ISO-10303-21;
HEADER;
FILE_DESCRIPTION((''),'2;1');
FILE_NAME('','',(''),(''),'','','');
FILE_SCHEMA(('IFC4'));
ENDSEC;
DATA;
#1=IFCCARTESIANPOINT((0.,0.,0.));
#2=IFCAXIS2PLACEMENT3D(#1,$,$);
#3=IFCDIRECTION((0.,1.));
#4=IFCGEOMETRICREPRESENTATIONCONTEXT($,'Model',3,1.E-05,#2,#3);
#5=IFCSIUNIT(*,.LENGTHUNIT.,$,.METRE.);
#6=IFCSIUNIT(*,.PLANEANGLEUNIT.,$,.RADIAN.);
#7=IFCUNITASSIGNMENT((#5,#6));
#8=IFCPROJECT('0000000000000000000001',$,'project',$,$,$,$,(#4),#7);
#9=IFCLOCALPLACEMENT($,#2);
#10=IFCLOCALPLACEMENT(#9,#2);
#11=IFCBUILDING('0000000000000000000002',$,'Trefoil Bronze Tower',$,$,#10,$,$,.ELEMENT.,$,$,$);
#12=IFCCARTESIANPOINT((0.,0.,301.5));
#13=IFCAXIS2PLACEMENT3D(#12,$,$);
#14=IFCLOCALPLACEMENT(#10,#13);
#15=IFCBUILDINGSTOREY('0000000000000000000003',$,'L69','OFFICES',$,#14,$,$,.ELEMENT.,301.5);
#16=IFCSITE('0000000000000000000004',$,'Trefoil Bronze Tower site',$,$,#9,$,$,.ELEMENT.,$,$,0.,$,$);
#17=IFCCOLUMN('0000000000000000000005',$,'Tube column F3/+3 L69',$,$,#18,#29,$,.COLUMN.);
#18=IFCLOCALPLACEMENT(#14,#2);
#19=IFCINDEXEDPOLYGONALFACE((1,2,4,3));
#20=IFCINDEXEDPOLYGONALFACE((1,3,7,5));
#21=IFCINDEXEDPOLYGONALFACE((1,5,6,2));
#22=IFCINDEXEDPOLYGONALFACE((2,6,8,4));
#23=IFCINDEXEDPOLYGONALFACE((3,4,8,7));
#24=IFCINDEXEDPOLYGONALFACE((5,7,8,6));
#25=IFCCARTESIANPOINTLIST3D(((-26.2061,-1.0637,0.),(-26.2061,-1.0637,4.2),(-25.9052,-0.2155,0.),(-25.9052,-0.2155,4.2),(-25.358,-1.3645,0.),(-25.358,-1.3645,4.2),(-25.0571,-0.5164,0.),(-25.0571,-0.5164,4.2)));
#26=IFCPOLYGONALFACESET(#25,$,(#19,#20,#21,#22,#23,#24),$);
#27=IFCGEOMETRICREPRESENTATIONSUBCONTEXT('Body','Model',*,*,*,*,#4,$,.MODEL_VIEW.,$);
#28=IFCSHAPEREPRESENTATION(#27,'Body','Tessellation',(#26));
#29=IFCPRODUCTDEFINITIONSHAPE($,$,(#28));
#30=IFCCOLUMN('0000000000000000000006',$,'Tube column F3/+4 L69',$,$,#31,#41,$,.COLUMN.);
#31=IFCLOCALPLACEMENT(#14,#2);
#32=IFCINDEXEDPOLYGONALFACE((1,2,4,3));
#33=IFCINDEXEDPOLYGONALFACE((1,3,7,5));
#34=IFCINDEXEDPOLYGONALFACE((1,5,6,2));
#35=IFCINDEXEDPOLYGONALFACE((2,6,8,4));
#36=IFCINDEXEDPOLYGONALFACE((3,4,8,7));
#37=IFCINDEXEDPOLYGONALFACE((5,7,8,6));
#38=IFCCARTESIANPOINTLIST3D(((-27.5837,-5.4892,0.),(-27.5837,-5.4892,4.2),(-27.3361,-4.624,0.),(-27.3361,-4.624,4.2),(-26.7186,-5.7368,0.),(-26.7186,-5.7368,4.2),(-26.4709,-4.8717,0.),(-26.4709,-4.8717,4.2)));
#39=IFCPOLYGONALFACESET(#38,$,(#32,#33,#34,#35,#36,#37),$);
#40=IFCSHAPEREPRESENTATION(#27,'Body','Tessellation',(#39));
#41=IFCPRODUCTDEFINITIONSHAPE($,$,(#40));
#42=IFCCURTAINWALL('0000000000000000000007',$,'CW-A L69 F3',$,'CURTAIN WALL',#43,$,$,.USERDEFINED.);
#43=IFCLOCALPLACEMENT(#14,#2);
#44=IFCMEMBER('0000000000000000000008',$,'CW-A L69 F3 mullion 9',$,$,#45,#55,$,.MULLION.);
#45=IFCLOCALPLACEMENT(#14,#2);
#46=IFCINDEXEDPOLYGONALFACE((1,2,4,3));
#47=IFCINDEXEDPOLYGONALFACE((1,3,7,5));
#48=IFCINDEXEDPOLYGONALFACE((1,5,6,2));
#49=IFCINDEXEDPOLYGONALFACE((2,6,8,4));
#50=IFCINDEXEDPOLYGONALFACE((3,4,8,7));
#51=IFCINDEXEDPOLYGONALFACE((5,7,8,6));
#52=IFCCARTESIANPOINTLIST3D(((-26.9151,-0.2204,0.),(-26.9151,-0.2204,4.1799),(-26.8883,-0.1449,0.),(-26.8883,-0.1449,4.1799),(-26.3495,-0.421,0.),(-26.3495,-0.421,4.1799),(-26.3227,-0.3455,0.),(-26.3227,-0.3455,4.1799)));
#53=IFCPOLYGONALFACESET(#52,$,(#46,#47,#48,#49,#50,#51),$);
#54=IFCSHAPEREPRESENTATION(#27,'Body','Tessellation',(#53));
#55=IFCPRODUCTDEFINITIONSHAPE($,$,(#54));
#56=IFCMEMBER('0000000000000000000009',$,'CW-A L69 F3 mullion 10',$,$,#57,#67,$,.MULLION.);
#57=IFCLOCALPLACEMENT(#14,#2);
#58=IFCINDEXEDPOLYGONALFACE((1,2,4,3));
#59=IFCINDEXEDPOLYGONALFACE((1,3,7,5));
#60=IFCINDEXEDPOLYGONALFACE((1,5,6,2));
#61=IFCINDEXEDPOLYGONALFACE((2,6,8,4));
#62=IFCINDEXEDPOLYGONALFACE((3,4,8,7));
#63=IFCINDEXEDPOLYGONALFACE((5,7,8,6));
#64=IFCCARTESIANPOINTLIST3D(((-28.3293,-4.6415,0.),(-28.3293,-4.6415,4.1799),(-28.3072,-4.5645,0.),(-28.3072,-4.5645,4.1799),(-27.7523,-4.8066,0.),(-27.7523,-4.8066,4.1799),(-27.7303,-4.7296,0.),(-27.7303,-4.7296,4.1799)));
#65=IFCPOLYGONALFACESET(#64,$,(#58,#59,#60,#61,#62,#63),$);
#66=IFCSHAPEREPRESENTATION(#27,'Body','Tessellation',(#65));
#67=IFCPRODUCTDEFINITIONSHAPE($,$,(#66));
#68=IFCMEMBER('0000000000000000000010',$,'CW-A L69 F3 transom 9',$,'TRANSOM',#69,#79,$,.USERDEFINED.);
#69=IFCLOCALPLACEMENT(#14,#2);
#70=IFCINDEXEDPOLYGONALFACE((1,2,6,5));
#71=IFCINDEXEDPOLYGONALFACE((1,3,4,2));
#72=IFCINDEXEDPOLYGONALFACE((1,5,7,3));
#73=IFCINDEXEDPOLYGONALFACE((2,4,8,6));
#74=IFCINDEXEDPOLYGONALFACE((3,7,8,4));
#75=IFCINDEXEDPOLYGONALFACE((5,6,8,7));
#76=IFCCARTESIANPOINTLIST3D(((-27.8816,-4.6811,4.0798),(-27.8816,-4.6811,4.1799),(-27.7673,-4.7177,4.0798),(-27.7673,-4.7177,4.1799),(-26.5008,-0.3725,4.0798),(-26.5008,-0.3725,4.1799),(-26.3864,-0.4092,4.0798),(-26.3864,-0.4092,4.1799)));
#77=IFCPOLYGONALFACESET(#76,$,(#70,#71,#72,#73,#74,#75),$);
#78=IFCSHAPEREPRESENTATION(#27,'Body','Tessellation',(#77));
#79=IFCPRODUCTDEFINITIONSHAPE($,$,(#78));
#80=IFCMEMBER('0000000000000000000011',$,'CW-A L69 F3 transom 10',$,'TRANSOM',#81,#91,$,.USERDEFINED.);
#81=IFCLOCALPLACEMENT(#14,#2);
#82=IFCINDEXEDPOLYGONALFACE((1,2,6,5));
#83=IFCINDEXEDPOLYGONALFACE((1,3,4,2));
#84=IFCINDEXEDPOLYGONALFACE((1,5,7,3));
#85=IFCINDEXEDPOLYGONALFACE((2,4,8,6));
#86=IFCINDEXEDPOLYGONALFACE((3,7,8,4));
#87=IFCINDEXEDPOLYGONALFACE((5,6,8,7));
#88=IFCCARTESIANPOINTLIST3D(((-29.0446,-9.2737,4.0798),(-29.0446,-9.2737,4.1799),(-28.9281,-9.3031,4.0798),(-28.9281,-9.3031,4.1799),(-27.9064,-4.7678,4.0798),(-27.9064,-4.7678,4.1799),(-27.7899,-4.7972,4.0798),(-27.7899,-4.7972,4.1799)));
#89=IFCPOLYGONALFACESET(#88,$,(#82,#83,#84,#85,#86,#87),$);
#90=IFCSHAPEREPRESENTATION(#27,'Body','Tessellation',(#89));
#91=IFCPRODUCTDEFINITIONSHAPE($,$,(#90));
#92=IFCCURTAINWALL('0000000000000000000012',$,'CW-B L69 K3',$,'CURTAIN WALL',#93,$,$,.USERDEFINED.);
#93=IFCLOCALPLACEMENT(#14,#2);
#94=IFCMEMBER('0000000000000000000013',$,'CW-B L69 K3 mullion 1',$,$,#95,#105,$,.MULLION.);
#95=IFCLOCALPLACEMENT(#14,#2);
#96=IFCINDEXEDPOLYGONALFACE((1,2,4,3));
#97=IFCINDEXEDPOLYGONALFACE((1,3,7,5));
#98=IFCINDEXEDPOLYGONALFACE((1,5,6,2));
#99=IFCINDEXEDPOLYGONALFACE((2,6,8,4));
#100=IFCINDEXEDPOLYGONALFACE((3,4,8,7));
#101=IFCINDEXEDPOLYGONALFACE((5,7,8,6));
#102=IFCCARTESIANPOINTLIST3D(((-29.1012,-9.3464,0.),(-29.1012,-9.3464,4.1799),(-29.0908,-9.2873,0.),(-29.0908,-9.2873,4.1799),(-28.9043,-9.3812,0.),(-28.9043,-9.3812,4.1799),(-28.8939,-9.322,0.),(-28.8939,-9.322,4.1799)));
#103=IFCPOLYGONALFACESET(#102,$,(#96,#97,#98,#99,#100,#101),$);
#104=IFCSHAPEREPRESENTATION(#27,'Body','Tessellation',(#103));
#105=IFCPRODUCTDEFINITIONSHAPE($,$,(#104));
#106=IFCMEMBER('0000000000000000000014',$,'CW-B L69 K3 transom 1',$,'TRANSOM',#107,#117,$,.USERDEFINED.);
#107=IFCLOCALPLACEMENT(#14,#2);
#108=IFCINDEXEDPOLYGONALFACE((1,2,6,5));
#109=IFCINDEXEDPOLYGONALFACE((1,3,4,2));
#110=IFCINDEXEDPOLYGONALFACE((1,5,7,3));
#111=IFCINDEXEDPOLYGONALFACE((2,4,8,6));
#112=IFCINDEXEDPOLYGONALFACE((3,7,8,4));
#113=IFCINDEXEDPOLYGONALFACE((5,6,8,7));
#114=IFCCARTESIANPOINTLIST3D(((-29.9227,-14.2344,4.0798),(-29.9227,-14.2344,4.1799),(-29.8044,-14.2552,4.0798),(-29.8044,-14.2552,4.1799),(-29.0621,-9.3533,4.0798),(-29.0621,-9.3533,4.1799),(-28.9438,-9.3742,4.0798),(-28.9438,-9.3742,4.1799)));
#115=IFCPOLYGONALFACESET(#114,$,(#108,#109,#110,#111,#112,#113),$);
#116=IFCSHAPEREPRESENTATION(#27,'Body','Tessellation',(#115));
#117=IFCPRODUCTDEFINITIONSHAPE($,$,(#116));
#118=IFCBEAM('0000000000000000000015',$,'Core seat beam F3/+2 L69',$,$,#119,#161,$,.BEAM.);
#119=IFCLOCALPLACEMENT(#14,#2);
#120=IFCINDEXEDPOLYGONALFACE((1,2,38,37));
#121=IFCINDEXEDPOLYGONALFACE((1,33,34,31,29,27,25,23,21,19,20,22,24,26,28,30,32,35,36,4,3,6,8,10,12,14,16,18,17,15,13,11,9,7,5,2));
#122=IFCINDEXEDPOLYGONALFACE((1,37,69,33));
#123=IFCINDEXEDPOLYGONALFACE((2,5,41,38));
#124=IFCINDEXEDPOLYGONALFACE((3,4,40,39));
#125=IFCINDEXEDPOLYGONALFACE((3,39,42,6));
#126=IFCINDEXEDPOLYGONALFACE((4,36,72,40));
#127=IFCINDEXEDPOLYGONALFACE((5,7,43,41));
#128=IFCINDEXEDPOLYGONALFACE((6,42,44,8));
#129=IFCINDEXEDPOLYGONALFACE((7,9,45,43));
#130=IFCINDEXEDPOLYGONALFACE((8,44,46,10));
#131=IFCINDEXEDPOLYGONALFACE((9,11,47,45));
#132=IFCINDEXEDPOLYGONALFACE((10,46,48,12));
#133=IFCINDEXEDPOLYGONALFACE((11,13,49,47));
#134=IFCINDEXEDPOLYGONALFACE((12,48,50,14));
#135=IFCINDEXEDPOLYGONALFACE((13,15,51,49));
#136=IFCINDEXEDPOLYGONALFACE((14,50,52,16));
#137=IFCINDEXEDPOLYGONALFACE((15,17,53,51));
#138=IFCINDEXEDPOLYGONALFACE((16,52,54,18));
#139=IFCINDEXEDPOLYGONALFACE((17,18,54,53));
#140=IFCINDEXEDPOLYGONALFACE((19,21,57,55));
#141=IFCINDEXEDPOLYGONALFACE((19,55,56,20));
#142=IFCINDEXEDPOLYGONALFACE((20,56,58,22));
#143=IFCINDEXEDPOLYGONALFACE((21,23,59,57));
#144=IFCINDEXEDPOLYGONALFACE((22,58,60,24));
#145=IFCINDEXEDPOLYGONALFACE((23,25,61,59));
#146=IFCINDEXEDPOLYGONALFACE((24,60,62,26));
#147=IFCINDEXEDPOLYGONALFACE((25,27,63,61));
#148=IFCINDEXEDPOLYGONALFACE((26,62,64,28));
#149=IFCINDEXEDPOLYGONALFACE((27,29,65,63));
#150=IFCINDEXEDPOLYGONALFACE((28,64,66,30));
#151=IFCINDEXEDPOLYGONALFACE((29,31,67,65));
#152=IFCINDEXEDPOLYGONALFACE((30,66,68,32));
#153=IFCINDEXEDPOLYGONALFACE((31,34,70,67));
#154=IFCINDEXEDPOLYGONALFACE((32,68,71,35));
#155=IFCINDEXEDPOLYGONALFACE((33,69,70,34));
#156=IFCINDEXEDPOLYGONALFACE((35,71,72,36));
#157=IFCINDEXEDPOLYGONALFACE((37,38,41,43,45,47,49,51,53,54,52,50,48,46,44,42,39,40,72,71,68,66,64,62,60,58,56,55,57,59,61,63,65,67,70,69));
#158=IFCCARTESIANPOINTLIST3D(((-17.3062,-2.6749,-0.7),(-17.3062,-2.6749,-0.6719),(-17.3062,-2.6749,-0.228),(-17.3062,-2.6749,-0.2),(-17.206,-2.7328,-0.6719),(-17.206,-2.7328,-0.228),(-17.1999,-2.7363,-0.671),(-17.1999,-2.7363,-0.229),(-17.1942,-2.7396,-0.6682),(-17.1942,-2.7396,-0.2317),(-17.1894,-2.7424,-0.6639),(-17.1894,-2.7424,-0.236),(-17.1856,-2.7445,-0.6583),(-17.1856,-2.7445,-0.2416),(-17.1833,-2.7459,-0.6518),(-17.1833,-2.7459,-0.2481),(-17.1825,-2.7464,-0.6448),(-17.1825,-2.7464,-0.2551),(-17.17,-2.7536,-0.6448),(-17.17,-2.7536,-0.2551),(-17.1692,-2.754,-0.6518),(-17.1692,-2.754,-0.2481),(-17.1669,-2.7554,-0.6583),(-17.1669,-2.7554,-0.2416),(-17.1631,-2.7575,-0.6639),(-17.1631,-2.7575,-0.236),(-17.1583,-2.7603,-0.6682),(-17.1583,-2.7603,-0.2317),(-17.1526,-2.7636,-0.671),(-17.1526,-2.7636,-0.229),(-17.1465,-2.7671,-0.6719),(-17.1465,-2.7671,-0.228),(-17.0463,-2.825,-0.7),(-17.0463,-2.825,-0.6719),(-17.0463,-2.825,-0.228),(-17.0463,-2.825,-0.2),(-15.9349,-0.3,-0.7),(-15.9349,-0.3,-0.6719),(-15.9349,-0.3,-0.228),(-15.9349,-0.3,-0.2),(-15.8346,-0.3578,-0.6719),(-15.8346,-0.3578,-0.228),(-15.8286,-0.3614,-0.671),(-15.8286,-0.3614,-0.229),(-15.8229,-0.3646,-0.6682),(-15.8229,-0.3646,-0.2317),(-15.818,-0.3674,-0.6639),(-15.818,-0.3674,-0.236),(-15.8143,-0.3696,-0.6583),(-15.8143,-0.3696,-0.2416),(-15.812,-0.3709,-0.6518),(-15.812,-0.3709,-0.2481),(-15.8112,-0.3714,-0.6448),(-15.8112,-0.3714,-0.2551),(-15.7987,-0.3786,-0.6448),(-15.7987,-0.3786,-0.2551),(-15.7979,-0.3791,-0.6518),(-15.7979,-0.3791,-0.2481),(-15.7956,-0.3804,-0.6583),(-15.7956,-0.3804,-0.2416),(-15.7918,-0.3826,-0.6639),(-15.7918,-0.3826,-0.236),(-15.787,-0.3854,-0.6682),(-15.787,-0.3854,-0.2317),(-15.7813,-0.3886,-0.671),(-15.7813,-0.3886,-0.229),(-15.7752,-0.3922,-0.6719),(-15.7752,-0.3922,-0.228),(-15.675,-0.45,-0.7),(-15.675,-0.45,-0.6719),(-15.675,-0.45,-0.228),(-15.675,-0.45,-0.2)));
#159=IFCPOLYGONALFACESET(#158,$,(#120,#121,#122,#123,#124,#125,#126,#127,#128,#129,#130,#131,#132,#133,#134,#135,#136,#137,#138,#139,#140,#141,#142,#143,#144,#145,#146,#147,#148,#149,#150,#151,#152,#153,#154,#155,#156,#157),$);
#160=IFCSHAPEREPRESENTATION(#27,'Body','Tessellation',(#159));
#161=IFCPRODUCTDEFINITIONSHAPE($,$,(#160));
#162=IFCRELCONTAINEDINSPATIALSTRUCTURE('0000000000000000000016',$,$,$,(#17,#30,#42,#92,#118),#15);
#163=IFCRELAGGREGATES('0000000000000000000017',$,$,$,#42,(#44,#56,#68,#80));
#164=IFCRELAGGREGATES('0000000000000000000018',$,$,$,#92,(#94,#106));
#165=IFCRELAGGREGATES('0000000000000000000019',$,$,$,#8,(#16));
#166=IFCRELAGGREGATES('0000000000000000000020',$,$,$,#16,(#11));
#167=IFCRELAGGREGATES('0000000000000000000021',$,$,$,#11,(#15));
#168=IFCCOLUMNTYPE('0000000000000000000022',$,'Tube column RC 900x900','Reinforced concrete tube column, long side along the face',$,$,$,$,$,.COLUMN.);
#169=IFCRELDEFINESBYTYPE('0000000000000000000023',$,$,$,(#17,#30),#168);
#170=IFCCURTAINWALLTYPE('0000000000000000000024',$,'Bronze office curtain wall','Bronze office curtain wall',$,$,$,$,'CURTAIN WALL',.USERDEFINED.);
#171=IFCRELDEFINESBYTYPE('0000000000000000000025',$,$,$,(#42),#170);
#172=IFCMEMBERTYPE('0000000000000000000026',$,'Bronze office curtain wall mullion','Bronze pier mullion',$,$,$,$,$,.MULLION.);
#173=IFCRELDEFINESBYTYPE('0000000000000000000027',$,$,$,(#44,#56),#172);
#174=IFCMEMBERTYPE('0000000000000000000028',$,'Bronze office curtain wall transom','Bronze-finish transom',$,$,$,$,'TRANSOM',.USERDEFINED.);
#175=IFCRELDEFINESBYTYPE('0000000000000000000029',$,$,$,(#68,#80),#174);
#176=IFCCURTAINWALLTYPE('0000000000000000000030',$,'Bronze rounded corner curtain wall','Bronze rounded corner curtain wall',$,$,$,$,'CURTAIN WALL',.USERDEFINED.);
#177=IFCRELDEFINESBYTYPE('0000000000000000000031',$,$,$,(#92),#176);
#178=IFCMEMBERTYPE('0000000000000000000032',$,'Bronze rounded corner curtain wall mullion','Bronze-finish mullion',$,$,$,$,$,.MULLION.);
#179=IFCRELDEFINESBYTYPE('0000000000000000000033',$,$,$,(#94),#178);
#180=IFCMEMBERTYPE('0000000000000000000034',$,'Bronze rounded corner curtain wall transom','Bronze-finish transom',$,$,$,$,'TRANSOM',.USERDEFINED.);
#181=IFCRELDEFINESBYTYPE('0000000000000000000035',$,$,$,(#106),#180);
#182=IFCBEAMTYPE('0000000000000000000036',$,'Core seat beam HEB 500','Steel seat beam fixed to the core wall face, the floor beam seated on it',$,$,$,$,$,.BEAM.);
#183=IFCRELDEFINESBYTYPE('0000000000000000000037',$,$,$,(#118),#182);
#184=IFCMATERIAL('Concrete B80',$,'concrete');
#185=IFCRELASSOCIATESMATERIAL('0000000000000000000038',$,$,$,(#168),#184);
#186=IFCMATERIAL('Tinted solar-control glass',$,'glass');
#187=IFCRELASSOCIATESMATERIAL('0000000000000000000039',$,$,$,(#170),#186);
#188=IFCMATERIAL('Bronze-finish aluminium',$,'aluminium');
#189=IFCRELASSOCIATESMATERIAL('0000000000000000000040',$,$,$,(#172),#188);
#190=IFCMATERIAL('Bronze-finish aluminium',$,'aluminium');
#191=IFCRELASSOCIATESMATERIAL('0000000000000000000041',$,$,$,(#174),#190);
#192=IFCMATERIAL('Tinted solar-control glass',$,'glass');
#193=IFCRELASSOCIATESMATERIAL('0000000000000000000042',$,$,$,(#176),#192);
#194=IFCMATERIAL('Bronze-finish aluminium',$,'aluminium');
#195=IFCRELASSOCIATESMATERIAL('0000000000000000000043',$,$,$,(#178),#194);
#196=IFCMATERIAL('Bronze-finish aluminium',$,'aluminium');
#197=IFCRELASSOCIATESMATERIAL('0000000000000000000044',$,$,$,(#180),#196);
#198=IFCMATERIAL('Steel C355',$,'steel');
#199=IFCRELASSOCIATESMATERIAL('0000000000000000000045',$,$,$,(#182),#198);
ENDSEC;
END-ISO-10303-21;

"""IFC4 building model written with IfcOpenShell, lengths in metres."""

from ifc_helpers import new_model, si_unit, direction, frame, origin, origin_2d, place, context, subcontext, project, spatial, rectangle, i_section, extrude, material, material_profile, profile_set, type_object, element, aggregate, save


model = new_model("IFC4")

# Units and contexts
model_context = context("Model", 3, precision=1e-05, world=origin(), true_north=direction((0.0, 1.0)))
body_context = subcontext(model_context, "Body", "Model", "MODEL_VIEW")
ifc_project = project(units=[si_unit("LENGTHUNIT", "METRE"), si_unit("PLANEANGLEUNIT", "RADIAN")], contexts=[model_context])

# Site, building, storey
site_placement = place(None, origin())
site = spatial("IfcSite", under=ifc_project, at=site_placement, Name="Trefoil Bronze Tower site", CompositionType="ELEMENT", RefElevation=0.0)
building_placement = place(site_placement, origin())
building = spatial("IfcBuilding", under=site, at=building_placement, Name="Trefoil Bronze Tower", CompositionType="ELEMENT")
storey_placement = place(building_placement, frame((0.0, 0.0, 301.5)))
storey = spatial("IfcBuildingStorey", under=building, at=storey_placement, Name="L69", Description="OFFICES", CompositionType="ELEMENT", Elevation=301.5)

# Columns
ifc_material_1 = material(Name="Concrete B80", Category="concrete")
ifc_material_profile_1 = material_profile(ifc_material_1, rectangle(XDim=0.8999, YDim=0.8999, at=origin_2d()), Name="RC 900x900")
ifc_profile_set_1 = profile_set([ifc_material_profile_1], Name="Concrete B80")
column_type = type_object("IfcColumnType", Name="Tube column RC 900x900", Description="Reinforced concrete tube column, long side along the face", PredefinedType="COLUMN", material=ifc_profile_set_1)
for number, where, z_axis, x_axis, name in (
    (1, (-25.6316, -0.79, 0.0), (0.0, 0.0, 1.0), (-0.334352, -0.942448, 0.0), "Tube column F3/+3 L69"),
    (2, (-27.0273, -5.1804, 0.0), (0.0, 0.0, 1.0), (-0.275169, -0.961396, 0.0), "Tube column F3/+4 L69"),
):
    element("IfcColumn", number, at=place(storey_placement, frame(where, z_axis=z_axis, x_axis=x_axis)), inside=storey, type_object=column_type, Name=name, PredefinedType="COLUMN", context=body_context, shape_type="SweptSolid", body=[
        extrude(rectangle(XDim=0.8999, YDim=0.8999, at=origin_2d()), origin(), (0.0, 0.0, 1.0), 4.2),
    ])

# Curtain walls, members
ifc_material_2 = material(Name="Tinted solar-control glass", Category="glass")
curtain_wall_type_1 = type_object("IfcCurtainWallType", Name="Bronze office curtain wall", Description="Bronze office curtain wall", ElementType="CURTAIN WALL", PredefinedType="USERDEFINED", material=ifc_material_2)
curtain_wall_1_placement = place(storey_placement, origin())
curtain_wall_1 = element("IfcCurtainWall", 3, at=curtain_wall_1_placement, inside=storey, type_object=curtain_wall_type_1, Name="CW-A L69 F3", ObjectType="CURTAIN WALL", PredefinedType="USERDEFINED")
ifc_material_3 = material(Name="Bronze-finish aluminium", Category="aluminium")
ifc_material_profile_2 = material_profile(ifc_material_3, rectangle(XDim=0.6001, YDim=0.0801, at=origin_2d()), Name="CW-A mullion")
ifc_profile_set_2 = profile_set([ifc_material_profile_2], Name="Bronze-finish aluminium")
member_type_1 = type_object("IfcMemberType", Name="Bronze office curtain wall mullion", Description="Bronze pier mullion", PredefinedType="MULLION", material=ifc_profile_set_2)
member_1_placement = place(storey_placement, frame((-26.6189, -0.283, 0.0), z_axis=(0.0, 0.0, 1.0), x_axis=(0.942448, -0.334352, 0.0)))
member_1 = element("IfcMember", 4, at=member_1_placement, type_object=member_type_1, Name="CW-A L69 F3 mullion 9", PredefinedType="MULLION", context=body_context, shape_type="SweptSolid", body=[
    extrude(rectangle(XDim=0.6001, YDim=0.0801, at=origin_2d()), origin(), (0.0, 0.0, 1.0), 4.1799),
])
member_2_placement = place(storey_placement, frame((-28.0298, -4.6855, 0.0), z_axis=(0.0, 0.0, 1.0), x_axis=(0.961396, -0.275169, 0.0)))
member_2 = element("IfcMember", 5, at=member_2_placement, type_object=member_type_1, Name="CW-A L69 F3 mullion 10", PredefinedType="MULLION", context=body_context, shape_type="SweptSolid", body=[
    extrude(rectangle(XDim=0.6001, YDim=0.0801, at=origin_2d()), origin(), (0.0, 0.0, 1.0), 4.1799),
])
ifc_material_4 = material(Name="Bronze-finish aluminium", Category="aluminium")
ifc_material_profile_3 = material_profile(ifc_material_4, rectangle(XDim=0.1201, YDim=0.1001, at=origin_2d()), Name="CW-A transom")
ifc_profile_set_3 = profile_set([ifc_material_profile_3], Name="Bronze-finish aluminium")
member_type_2 = type_object("IfcMemberType", Name="Bronze office curtain wall transom", Description="Bronze-finish transom", ElementType="TRANSOM", PredefinedType="USERDEFINED", material=ifc_profile_set_3)
member_3_placement = place(storey_placement, frame((-26.4436, -0.3909, 4.1299), z_axis=(-0.305199, -0.952289, 0.0), x_axis=(0.952289, -0.305199, 0.0)))
member_3 = element("IfcMember", 6, at=member_3_placement, type_object=member_type_2, Name="CW-A L69 F3 transom 9", ObjectType="TRANSOM", PredefinedType="USERDEFINED", context=body_context, shape_type="SweptSolid", body=[
    extrude(rectangle(XDim=0.1201, YDim=0.1001, at=origin_2d()), origin(), (0.0, 0.0, 1.0), 4.5244),
])
member_4_placement = place(storey_placement, frame((-27.8481, -4.7825, 4.1299), z_axis=(-0.244908, -0.969546, 0.0), x_axis=(0.969546, -0.244908, 0.0)))
member_4 = element("IfcMember", 7, at=member_4_placement, type_object=member_type_2, Name="CW-A L69 F3 transom 10", ObjectType="TRANSOM", PredefinedType="USERDEFINED", context=body_context, shape_type="SweptSolid", body=[
    extrude(rectangle(XDim=0.1201, YDim=0.1001, at=origin_2d()), origin(), (0.0, 0.0, 1.0), 4.6475),
])
ifc_material_5 = material(Name="Tinted solar-control glass", Category="glass")
curtain_wall_type_2 = type_object("IfcCurtainWallType", Name="Bronze rounded corner curtain wall", Description="Bronze rounded corner curtain wall", ElementType="CURTAIN WALL", PredefinedType="USERDEFINED", material=ifc_material_5)
curtain_wall_2_placement = place(storey_placement, origin())
curtain_wall_2 = element("IfcCurtainWall", 8, at=curtain_wall_2_placement, inside=storey, type_object=curtain_wall_type_2, Name="CW-B L69 K3", ObjectType="CURTAIN WALL", PredefinedType="USERDEFINED")
ifc_material_6 = material(Name="Bronze-finish aluminium", Category="aluminium")
ifc_material_profile_4 = material_profile(ifc_material_6, rectangle(XDim=0.2, YDim=0.0601, at=origin_2d()), Name="CW-B mullion")
ifc_profile_set_4 = profile_set([ifc_material_profile_4], Name="Bronze-finish aluminium")
member_type_3 = type_object("IfcMemberType", Name="Bronze rounded corner curtain wall mullion", Description="Bronze-finish mullion", PredefinedType="MULLION", material=ifc_profile_set_4)
member_5_placement = place(storey_placement, frame((-28.9976, -9.3342, 0.0), z_axis=(0.0, 0.0, 1.0), x_axis=(0.984808, -0.173648, 0.0)))
member_5 = element("IfcMember", 9, at=member_5_placement, type_object=member_type_3, Name="CW-B L69 K3 mullion 1", PredefinedType="MULLION", context=body_context, shape_type="SweptSolid", body=[
    extrude(rectangle(XDim=0.2, YDim=0.0601, at=origin_2d()), origin(), (0.0, 0.0, 1.0), 4.1799),
])
ifc_material_7 = material(Name="Bronze-finish aluminium", Category="aluminium")
ifc_material_profile_5 = material_profile(ifc_material_7, rectangle(XDim=0.1201, YDim=0.1001, at=origin_2d()), Name="CW-B transom")
ifc_profile_set_5 = profile_set([ifc_material_profile_5], Name="Bronze-finish aluminium")
member_type_4 = type_object("IfcMemberType", Name="Bronze rounded corner curtain wall transom", Description="Bronze-finish transom", ElementType="TRANSOM", PredefinedType="USERDEFINED", material=ifc_profile_set_5)
member_6_placement = place(storey_placement, frame((-29.0029, -9.3638, 4.1299), z_axis=(-0.173634, -0.98481, 0.0), x_axis=(0.98481, -0.173634, 0.0)))
member_6 = element("IfcMember", 10, at=member_6_placement, type_object=member_type_4, Name="CW-B L69 K3 transom 1", ObjectType="TRANSOM", PredefinedType="USERDEFINED", context=body_context, shape_type="SweptSolid", body=[
    extrude(rectangle(XDim=0.1201, YDim=0.1001, at=origin_2d()), origin(), (0.0, 0.0, 1.0), 4.9563),
])

# Beam
ifc_material_8 = material(Name="Steel C355", Category="steel")
ifc_material_profile_6 = material_profile(ifc_material_8, i_section(OverallWidth=0.3, OverallDepth=0.5, WebThickness=0.0144, FlangeThickness=0.0281, FilletRadius=0.0271, at=origin_2d()), Name="HEB 500")
ifc_profile_set_6 = profile_set([ifc_material_profile_6], Name="Steel C355")
beam_type_1 = type_object("IfcBeamType", Name="Core seat beam HEB 500", Description="Steel seat beam fixed to the core wall face, the floor beam seated on it", PredefinedType="BEAM", material=ifc_profile_set_6)
beam_1_placement = place(storey_placement, frame((-15.8049, -0.375, -0.45), z_axis=(-0.500036, -0.866005, 0.0), x_axis=(0.866005, -0.500036, 0.0)))
element("IfcBeam", 11, at=beam_1_placement, inside=storey, type_object=beam_type_1, Name="Core seat beam F3/+2 L69", PredefinedType="BEAM", context=body_context, shape_type="SweptSolid", body=[
    extrude(i_section(OverallWidth=0.3, OverallDepth=0.5, WebThickness=0.0144, FlangeThickness=0.0281, FilletRadius=0.0271, at=origin_2d()), origin(), (0.0, 0.0, 1.0), 2.7424),
])

aggregate(curtain_wall_1, [member_1, member_2, member_3, member_4])
aggregate(curtain_wall_2, [member_5, member_6])

save(model, "model.ifc")
